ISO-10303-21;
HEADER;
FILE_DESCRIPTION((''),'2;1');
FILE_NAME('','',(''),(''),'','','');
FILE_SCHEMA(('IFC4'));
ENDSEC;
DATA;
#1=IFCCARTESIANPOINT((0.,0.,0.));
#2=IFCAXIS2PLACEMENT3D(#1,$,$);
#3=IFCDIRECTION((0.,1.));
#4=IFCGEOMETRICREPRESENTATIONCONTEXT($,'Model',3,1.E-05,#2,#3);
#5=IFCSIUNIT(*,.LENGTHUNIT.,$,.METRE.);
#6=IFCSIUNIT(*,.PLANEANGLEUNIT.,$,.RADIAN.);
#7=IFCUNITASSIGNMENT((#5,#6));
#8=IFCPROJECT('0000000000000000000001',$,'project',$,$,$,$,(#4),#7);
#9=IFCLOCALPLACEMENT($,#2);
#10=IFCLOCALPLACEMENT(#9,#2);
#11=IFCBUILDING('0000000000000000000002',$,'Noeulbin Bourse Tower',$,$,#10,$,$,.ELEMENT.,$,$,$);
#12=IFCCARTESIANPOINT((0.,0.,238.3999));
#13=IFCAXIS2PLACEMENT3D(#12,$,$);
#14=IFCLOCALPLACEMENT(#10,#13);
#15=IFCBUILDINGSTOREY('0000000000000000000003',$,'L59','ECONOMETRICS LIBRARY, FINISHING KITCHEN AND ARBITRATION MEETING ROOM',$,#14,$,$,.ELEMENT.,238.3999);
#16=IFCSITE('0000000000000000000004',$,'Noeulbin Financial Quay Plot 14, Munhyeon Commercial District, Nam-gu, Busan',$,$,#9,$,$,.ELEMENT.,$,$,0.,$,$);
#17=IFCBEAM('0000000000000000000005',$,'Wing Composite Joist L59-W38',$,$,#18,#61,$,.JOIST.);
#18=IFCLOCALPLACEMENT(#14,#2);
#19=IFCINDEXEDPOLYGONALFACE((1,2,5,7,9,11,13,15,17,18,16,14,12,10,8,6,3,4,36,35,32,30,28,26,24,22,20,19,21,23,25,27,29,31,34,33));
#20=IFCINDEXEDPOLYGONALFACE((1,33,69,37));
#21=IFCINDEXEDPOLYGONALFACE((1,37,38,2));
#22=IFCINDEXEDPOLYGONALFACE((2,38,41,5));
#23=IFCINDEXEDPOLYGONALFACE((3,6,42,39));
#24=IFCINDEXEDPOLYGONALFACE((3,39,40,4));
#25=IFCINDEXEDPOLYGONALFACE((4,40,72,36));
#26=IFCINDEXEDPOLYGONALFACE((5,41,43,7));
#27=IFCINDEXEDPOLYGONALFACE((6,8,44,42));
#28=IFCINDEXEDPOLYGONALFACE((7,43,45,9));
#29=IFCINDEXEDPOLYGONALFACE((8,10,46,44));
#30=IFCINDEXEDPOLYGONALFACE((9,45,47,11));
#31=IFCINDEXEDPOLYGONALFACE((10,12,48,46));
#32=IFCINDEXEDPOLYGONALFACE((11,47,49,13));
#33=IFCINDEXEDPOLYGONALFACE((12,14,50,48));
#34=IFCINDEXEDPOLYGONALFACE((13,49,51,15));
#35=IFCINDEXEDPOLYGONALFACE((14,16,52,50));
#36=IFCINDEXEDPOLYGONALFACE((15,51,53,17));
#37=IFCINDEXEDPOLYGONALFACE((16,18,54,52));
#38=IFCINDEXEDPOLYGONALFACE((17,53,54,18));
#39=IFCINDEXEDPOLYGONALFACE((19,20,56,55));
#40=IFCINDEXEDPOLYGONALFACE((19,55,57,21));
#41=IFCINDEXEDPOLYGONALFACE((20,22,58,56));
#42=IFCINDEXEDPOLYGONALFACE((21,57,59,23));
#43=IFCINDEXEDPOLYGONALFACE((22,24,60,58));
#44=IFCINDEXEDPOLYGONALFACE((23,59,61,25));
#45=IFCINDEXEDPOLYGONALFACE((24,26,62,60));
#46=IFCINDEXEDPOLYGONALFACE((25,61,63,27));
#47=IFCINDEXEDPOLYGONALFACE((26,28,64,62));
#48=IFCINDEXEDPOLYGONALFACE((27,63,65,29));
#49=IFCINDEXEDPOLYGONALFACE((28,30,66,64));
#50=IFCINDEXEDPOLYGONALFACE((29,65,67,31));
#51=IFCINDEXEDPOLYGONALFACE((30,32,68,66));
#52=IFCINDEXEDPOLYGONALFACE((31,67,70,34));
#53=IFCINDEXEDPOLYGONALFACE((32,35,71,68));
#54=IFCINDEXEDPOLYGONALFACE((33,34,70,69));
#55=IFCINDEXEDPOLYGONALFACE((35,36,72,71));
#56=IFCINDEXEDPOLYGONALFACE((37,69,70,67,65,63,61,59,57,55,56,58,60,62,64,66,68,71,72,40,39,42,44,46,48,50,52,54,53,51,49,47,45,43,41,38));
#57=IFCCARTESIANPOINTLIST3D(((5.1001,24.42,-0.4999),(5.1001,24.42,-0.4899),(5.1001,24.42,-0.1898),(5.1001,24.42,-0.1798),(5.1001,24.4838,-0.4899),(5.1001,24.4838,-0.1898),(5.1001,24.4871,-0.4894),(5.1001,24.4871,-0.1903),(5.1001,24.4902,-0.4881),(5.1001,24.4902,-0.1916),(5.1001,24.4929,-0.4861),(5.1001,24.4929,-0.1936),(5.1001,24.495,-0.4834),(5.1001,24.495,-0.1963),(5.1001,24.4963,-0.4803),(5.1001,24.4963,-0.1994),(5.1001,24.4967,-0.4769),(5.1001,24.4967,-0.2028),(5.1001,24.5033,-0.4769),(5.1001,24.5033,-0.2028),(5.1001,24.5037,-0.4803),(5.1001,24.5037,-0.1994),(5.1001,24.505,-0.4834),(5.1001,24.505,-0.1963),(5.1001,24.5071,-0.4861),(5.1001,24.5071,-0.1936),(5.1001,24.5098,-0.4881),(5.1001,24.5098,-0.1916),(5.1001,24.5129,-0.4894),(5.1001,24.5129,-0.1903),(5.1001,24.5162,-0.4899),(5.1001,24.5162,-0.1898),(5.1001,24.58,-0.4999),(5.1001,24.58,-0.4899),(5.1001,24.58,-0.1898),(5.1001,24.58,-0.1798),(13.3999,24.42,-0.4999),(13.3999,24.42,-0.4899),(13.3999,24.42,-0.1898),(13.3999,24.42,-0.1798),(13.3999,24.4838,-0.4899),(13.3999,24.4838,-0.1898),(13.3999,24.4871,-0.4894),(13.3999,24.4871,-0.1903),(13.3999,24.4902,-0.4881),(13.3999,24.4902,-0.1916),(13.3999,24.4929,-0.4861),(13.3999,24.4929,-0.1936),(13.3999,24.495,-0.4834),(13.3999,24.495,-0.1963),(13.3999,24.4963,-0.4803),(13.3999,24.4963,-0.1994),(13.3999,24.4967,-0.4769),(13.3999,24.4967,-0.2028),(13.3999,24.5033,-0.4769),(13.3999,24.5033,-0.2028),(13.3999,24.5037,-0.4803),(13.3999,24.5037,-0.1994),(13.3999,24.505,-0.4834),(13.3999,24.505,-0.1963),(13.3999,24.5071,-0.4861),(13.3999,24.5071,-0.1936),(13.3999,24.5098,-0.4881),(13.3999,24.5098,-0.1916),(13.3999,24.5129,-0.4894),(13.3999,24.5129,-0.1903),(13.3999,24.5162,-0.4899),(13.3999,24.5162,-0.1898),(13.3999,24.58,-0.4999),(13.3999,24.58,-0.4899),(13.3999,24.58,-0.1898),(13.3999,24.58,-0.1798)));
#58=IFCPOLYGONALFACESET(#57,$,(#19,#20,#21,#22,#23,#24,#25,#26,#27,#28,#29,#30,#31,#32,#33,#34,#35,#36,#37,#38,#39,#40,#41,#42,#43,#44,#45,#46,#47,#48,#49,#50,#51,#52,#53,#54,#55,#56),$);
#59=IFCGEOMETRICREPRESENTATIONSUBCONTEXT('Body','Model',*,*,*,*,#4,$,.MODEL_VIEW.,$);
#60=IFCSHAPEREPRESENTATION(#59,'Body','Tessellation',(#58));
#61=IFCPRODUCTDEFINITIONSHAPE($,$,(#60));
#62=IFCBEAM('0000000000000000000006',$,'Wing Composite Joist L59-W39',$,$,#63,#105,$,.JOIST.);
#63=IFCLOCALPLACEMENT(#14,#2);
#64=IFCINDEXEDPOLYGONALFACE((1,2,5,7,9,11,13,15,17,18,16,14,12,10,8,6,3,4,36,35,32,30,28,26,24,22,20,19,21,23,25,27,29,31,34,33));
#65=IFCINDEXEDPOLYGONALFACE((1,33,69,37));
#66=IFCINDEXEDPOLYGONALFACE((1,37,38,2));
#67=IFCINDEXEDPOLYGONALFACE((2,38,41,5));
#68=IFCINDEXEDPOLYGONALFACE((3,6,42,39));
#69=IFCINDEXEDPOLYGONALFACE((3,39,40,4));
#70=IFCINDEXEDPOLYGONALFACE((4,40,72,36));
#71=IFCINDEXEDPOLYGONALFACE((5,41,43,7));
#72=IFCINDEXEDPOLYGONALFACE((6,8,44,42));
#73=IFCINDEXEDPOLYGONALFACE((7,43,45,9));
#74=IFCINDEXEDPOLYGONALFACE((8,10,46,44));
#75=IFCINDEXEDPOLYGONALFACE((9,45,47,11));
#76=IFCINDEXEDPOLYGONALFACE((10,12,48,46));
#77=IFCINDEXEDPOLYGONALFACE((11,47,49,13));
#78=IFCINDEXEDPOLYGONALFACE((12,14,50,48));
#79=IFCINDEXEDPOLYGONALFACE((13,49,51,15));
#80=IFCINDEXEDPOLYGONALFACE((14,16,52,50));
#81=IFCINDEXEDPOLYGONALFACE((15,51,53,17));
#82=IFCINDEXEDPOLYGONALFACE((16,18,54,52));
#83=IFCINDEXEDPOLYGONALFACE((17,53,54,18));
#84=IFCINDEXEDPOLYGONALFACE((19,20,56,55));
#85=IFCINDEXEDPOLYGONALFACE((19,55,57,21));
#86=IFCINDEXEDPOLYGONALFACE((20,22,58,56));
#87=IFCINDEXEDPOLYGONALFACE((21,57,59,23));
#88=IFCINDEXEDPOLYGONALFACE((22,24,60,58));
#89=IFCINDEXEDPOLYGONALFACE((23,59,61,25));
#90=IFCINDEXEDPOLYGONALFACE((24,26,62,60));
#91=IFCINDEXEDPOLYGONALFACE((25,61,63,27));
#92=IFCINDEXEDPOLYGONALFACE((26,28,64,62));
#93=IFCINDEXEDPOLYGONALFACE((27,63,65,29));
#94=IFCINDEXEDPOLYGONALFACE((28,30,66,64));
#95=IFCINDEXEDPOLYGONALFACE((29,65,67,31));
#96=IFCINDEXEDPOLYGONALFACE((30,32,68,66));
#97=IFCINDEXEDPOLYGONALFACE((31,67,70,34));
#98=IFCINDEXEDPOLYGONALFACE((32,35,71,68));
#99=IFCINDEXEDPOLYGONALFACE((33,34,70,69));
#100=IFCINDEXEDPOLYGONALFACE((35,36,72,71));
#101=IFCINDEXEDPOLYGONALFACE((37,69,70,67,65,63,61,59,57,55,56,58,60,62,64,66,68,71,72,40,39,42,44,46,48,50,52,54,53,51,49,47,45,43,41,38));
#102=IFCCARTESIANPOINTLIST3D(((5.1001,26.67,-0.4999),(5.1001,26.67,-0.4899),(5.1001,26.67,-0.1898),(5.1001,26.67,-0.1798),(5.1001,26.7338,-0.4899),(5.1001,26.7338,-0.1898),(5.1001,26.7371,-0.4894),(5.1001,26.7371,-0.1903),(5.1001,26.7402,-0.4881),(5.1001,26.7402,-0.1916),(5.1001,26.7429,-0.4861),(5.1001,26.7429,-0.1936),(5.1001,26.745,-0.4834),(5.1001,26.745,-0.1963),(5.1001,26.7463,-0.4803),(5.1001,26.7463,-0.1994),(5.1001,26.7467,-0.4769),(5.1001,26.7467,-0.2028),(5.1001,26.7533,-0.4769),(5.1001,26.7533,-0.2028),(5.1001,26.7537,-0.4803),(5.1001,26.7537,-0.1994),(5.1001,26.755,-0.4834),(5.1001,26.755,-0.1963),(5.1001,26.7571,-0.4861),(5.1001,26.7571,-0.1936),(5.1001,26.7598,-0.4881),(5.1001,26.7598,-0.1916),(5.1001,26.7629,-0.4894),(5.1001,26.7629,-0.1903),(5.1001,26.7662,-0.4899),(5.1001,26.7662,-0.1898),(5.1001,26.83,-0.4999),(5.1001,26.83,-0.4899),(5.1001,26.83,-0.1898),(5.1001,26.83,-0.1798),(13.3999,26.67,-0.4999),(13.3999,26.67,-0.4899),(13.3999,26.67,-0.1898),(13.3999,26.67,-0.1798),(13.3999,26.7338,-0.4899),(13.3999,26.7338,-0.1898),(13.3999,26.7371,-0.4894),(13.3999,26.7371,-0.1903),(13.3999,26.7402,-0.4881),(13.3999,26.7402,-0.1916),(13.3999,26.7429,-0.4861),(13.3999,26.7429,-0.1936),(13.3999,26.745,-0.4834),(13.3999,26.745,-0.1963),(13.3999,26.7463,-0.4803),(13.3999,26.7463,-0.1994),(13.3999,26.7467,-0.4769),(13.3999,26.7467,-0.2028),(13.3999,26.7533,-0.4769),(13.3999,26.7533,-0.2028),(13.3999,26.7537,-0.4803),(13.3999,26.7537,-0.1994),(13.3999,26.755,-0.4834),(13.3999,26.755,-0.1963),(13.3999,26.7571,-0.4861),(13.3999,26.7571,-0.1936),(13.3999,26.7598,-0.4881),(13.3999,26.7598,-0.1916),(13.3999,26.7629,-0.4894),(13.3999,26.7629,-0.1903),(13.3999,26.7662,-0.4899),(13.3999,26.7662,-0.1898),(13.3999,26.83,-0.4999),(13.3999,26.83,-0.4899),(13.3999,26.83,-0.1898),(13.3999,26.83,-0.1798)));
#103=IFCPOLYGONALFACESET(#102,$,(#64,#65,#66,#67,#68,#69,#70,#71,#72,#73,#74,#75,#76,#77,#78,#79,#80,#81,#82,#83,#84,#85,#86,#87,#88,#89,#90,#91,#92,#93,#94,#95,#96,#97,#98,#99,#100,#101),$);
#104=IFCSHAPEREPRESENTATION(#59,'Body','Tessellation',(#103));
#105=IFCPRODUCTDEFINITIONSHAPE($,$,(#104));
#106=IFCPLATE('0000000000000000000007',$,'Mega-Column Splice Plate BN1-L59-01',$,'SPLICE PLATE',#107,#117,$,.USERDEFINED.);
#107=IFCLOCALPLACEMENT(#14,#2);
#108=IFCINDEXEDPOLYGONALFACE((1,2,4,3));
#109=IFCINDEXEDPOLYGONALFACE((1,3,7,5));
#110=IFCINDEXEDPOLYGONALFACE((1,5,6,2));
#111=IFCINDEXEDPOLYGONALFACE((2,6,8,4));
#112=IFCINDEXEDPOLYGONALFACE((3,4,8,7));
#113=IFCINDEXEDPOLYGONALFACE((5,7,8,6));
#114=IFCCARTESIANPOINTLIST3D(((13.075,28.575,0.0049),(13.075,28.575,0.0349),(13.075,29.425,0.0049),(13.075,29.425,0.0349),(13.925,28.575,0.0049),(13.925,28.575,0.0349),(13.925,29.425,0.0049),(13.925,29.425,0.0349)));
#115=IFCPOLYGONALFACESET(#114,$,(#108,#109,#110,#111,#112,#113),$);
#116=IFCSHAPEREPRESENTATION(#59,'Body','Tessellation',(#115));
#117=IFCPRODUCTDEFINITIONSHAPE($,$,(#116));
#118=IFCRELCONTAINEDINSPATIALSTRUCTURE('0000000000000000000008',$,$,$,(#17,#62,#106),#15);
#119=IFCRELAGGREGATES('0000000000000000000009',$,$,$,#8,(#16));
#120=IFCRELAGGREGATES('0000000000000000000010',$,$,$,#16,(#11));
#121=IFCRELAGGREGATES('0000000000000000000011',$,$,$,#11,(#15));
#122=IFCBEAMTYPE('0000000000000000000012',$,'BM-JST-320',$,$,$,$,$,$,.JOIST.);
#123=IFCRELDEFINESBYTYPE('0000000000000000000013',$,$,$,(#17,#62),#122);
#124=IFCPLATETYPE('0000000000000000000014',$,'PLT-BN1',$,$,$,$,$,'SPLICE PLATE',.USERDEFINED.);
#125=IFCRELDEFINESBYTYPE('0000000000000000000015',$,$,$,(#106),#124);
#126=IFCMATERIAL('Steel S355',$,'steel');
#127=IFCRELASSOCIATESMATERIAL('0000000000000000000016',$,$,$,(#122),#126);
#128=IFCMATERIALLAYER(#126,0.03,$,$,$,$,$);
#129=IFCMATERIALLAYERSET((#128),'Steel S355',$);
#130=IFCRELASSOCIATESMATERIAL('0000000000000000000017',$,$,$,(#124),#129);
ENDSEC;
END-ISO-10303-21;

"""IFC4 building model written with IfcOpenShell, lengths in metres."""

from ifc_helpers import new_model, si_unit, direction, frame, origin, origin_2d, place, context, subcontext, project, spatial, rectangle, i_section, extrude, material, layer, layer_set, material_profile, profile_set, type_object, element, save


model = new_model("IFC4")

# Units and contexts
model_context = context("Model", 3, precision=1e-05, world=origin(), true_north=direction((0.0, 1.0)))
body_context = subcontext(model_context, "Body", "Model", "MODEL_VIEW")
ifc_project = project(units=[si_unit("LENGTHUNIT", "METRE"), si_unit("PLANEANGLEUNIT", "RADIAN")], contexts=[model_context])

# Site, building, storey
site_placement = place(None, origin())
site = spatial("IfcSite", under=ifc_project, at=site_placement, Name="Noeulbin Financial Quay Plot 14, Munhyeon Commercial District, Nam-gu, Busan", CompositionType="ELEMENT", RefElevation=0.0)
building_placement = place(site_placement, origin())
building = spatial("IfcBuilding", under=site, at=building_placement, Name="Noeulbin Bourse Tower", CompositionType="ELEMENT")
storey_placement = place(building_placement, frame((0.0, 0.0, 238.3999)))
storey = spatial("IfcBuildingStorey", under=building, at=storey_placement, Name="L59", Description="ECONOMETRICS LIBRARY, FINISHING KITCHEN AND ARBITRATION MEETING ROOM", CompositionType="ELEMENT", Elevation=238.3999)

# Shared definitions
ifc_material_1 = material(Name="Steel S355", Category="steel")

# Beams
ifc_material_profile_1 = material_profile(ifc_material_1, i_section(OverallWidth=0.1599, OverallDepth=0.3201, WebThickness=0.0066, FlangeThickness=0.01, FilletRadius=0.0129, at=origin_2d()), Name="H-320x160x6.5x10", Category="LoadBearing")
ifc_profile_set_1 = profile_set([ifc_material_profile_1], Name="Steel S355")
beam_type_1 = type_object("IfcBeamType", Name="BM-JST-320", PredefinedType="JOIST", material=ifc_profile_set_1)
for number, where, z_axis, x_axis, name in (
    (1, (5.1001, 24.5, -0.3398), (1.0, 0.0, 0.0), (0.0, 1.0, 0.0), "Wing Composite Joist L59-W38"),
    (2, (5.1001, 26.75, -0.3398), (1.0, 0.0, 0.0), (0.0, 1.0, 0.0), "Wing Composite Joist L59-W39"),
):
    element("IfcBeam", number, at=place(storey_placement, frame(where, z_axis=z_axis, x_axis=x_axis)), inside=storey, type_object=beam_type_1, Name=name, PredefinedType="JOIST", context=body_context, shape_type="SweptSolid", body=[
        extrude(i_section(OverallWidth=0.1599, OverallDepth=0.3201, WebThickness=0.0066, FlangeThickness=0.01, FilletRadius=0.0129, at=origin_2d()), origin(), (0.0, 0.0, 1.0), 8.2998),
    ])

# Plate
ifc_layer_1 = layer(ifc_material_1, 0.03)
ifc_layer_set_1 = layer_set([ifc_layer_1], Name="Steel S355")
plate_type = type_object("IfcPlateType", Name="PLT-BN1", ElementType="SPLICE PLATE", PredefinedType="USERDEFINED", material=ifc_layer_set_1)
plate_placement = place(storey_placement, frame((13.5, 29.0, 0.0049), z_axis=(0.0, 0.0, 1.0), x_axis=(1.0, 0.0, 0.0)))
element("IfcPlate", 3, at=plate_placement, inside=storey, type_object=plate_type, Name="Mega-Column Splice Plate BN1-L59-01", ObjectType="SPLICE PLATE", PredefinedType="USERDEFINED", context=body_context, shape_type="SweptSolid", body=[
    extrude(rectangle(XDim=0.8501, YDim=0.8501, at=origin_2d()), origin(), (0.0, 0.0, 1.0), 0.03),
])

save(model, "model.ifc")
